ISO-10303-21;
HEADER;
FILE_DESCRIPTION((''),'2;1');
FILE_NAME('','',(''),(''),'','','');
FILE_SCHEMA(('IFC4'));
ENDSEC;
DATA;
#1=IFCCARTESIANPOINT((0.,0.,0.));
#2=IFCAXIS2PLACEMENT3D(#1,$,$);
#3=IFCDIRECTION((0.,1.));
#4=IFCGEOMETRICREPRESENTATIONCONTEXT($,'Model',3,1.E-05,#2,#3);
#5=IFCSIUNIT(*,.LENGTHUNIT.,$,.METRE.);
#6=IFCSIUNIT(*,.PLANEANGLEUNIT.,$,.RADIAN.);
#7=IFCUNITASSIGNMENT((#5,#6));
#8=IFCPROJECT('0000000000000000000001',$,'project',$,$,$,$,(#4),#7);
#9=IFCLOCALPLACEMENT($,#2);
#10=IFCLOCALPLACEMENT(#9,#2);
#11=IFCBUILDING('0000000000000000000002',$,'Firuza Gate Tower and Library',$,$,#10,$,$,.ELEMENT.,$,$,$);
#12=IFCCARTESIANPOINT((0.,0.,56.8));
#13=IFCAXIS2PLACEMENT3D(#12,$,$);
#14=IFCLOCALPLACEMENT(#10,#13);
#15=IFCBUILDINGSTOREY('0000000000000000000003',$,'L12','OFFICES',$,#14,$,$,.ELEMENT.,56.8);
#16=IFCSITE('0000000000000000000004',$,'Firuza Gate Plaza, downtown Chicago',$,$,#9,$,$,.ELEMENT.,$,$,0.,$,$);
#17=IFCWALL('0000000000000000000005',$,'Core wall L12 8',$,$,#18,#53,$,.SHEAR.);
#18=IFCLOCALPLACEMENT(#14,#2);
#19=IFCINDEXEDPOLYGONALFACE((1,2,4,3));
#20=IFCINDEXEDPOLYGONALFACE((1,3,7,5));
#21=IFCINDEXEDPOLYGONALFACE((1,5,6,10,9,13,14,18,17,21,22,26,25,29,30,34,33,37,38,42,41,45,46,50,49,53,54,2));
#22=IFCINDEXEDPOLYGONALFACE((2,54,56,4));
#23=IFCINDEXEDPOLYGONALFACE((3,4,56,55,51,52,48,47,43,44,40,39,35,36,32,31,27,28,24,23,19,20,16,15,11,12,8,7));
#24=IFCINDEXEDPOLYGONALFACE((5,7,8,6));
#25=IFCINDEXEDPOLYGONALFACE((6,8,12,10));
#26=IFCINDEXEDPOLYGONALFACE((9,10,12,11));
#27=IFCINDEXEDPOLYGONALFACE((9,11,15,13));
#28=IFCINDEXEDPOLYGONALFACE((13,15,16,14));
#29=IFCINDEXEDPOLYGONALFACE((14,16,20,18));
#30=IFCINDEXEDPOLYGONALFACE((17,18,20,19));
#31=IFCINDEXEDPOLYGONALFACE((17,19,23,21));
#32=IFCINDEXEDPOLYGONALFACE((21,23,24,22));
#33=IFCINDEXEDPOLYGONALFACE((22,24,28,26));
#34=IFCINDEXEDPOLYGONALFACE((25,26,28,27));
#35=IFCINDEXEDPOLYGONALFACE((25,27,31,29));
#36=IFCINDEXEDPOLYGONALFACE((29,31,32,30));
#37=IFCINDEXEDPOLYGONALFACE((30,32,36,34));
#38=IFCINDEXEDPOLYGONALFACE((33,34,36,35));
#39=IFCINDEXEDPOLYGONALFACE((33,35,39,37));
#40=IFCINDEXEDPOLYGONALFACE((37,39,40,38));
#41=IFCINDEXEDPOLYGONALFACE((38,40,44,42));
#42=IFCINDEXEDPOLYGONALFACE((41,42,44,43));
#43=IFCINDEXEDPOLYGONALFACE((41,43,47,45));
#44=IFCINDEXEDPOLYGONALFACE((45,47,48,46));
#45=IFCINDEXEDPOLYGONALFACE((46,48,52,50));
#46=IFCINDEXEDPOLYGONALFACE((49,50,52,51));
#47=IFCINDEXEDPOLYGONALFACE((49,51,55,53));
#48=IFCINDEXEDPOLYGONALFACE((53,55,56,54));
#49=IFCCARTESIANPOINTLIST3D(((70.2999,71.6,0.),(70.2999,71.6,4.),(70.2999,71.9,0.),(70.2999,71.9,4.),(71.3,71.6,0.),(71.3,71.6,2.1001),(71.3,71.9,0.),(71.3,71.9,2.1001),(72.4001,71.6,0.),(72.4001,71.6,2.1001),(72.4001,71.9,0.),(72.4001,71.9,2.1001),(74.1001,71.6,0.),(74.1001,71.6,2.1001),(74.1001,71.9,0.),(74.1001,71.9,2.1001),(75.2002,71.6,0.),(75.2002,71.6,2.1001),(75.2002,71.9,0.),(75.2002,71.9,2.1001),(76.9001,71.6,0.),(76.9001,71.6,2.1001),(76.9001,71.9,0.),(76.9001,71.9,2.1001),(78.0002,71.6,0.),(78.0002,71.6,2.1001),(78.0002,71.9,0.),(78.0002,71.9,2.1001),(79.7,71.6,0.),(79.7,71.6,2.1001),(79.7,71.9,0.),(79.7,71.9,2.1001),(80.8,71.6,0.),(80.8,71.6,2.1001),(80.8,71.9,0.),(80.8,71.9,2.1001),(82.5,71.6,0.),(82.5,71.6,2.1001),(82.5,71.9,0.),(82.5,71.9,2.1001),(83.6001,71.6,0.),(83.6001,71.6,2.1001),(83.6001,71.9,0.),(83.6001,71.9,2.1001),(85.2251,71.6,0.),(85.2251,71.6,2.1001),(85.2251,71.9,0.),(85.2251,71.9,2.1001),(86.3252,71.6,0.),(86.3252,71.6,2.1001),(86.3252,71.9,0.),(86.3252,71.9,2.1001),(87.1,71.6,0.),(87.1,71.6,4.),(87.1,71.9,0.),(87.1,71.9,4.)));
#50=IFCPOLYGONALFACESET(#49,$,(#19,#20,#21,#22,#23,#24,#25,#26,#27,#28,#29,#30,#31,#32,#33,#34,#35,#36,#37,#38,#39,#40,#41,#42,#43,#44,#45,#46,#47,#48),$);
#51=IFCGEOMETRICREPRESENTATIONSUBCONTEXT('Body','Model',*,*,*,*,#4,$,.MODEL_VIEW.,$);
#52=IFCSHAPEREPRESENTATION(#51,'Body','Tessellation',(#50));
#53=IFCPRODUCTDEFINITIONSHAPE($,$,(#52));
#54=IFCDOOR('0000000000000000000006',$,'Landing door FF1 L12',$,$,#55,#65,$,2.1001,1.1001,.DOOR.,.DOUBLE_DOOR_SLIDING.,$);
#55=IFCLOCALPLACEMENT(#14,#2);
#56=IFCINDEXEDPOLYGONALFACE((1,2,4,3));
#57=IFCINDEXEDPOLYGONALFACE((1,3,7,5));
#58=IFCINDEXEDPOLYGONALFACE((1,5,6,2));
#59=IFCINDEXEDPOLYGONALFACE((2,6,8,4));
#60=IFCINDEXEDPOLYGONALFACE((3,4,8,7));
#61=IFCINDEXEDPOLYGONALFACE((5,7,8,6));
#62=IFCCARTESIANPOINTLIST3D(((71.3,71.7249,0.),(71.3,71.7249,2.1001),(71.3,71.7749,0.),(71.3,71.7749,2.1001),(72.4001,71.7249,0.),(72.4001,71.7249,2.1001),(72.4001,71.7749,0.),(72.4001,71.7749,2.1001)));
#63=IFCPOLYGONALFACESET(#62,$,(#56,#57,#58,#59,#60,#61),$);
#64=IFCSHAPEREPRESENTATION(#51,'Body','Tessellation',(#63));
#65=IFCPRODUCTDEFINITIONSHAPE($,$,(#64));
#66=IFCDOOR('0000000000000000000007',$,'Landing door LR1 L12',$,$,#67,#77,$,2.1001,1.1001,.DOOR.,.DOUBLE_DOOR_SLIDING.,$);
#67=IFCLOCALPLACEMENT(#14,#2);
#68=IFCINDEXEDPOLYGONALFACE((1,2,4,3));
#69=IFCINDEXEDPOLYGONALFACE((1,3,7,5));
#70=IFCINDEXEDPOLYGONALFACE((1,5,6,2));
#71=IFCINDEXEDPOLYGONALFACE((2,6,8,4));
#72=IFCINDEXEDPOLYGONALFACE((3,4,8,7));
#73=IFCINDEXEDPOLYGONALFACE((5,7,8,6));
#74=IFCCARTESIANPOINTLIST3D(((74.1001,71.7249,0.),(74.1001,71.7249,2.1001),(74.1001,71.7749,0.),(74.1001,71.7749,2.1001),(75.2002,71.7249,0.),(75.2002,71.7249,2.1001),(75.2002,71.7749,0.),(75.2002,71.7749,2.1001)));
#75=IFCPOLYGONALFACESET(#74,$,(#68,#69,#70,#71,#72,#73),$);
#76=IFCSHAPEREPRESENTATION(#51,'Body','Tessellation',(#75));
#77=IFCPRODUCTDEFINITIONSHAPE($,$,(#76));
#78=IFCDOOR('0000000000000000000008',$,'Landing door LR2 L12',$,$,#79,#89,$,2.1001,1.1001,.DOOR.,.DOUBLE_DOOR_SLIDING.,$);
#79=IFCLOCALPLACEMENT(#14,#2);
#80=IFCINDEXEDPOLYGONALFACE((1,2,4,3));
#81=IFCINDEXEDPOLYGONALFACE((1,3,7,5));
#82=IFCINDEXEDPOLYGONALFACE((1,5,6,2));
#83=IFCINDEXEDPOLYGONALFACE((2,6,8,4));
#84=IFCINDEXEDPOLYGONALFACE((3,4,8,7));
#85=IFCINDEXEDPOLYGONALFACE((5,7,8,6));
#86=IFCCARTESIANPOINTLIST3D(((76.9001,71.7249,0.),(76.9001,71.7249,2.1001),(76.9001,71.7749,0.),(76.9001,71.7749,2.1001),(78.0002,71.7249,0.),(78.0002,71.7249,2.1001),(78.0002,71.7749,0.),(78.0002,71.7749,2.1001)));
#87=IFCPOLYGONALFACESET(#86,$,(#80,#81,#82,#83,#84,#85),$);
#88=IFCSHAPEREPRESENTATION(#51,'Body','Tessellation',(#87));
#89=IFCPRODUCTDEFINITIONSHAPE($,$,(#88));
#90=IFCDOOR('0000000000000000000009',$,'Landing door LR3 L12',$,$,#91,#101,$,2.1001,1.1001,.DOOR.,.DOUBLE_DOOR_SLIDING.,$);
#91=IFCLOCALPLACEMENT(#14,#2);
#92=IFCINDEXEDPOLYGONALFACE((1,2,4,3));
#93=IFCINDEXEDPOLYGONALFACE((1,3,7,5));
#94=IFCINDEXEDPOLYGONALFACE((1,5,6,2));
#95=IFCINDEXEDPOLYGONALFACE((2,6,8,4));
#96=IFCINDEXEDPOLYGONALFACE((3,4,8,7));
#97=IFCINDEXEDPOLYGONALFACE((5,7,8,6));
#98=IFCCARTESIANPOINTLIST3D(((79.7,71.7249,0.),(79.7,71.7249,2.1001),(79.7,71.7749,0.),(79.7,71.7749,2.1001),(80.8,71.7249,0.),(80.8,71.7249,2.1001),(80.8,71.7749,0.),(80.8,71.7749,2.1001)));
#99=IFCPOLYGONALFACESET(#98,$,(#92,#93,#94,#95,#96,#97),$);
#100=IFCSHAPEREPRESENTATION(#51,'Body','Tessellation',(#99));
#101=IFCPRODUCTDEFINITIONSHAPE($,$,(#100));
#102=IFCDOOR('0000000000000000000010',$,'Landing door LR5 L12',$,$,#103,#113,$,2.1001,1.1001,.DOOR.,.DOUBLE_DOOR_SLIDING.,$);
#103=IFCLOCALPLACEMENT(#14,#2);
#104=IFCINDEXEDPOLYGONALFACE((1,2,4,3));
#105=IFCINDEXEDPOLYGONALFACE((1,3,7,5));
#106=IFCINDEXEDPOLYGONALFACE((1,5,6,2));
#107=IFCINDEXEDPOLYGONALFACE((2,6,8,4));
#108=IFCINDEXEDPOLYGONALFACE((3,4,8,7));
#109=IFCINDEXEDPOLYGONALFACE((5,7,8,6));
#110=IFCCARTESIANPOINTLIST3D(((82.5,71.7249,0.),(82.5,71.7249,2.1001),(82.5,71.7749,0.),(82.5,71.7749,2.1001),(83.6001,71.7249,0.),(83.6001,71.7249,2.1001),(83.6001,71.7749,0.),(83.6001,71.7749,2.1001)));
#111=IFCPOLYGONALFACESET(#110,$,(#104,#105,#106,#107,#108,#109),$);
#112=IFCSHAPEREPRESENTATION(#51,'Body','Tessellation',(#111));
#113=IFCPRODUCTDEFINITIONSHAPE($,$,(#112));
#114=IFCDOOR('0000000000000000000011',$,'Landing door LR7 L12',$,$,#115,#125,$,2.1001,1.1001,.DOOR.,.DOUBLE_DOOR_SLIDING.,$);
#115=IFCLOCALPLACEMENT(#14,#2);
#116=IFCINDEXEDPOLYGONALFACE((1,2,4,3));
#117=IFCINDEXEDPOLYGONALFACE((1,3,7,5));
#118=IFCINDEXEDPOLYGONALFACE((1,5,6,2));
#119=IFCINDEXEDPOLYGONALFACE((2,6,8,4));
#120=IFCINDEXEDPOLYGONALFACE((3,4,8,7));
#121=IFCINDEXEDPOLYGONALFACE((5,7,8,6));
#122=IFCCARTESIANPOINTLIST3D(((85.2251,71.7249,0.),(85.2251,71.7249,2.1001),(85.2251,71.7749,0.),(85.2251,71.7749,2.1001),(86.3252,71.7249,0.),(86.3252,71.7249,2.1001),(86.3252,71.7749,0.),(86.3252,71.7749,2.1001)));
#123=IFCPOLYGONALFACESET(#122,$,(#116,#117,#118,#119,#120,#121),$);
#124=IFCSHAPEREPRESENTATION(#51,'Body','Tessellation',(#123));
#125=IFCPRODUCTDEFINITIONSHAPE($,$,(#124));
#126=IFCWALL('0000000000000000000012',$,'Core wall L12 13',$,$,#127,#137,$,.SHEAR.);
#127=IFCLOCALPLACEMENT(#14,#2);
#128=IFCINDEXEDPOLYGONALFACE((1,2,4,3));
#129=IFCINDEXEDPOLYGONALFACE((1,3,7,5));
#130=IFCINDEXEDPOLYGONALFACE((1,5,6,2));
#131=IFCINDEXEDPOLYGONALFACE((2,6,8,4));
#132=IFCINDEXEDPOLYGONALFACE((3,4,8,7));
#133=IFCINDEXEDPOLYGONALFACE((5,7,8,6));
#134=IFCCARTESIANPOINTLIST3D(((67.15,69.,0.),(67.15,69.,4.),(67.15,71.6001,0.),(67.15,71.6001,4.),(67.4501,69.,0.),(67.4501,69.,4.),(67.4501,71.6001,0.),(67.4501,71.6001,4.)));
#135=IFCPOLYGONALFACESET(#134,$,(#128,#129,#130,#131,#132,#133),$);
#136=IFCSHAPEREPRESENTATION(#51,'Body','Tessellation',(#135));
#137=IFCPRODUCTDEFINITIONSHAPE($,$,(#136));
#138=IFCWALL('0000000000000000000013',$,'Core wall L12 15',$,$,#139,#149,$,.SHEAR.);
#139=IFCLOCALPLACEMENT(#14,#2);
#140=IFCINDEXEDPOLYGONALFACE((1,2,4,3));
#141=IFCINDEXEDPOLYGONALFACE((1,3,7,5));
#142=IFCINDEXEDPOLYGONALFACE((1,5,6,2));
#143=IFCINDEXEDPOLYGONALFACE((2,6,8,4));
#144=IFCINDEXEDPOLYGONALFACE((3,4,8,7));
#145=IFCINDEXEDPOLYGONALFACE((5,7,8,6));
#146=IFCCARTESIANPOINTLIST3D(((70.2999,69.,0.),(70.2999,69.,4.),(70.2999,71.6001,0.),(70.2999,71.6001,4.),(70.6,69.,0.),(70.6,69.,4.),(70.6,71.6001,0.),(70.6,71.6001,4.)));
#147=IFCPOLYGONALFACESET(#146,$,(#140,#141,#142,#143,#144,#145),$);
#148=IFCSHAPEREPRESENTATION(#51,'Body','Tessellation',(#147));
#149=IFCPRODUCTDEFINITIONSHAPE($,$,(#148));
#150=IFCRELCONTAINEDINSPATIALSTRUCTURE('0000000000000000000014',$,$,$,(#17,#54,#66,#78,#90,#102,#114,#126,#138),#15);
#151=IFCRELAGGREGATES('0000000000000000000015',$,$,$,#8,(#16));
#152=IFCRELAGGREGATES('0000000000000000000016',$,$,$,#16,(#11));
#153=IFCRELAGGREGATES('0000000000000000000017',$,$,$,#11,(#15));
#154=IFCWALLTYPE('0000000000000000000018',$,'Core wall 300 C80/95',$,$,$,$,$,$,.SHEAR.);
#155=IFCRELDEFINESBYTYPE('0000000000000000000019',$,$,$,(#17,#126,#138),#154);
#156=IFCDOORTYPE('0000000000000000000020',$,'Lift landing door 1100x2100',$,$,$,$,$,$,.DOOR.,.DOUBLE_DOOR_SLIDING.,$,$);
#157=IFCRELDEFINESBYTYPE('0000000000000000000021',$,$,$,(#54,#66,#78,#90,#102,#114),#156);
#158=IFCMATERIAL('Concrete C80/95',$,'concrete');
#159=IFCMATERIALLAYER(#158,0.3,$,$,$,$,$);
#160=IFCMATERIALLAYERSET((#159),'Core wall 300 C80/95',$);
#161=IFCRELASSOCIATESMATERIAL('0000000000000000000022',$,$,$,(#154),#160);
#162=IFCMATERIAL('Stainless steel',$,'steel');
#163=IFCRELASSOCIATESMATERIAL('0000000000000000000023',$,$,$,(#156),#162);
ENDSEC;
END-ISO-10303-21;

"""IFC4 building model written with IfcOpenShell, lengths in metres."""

from ifc_helpers import new_model, si_unit, direction, frame, frame_2d, origin, place, context, subcontext, project, spatial, rectangle, extrude, material, layer, layer_set, type_object, element, fill, save


model = new_model("IFC4")

# Units and contexts
model_context = context("Model", 3, precision=1e-05, world=origin(), true_north=direction((0.0, 1.0)))
body_context = subcontext(model_context, "Body", "Model", "MODEL_VIEW")
ifc_project = project(units=[si_unit("LENGTHUNIT", "METRE"), si_unit("PLANEANGLEUNIT", "RADIAN")], contexts=[model_context])

# Site, building, storey
site_placement = place(None, origin())
site = spatial("IfcSite", under=ifc_project, at=site_placement, Name="Firuza Gate Plaza, downtown Chicago", CompositionType="ELEMENT", RefElevation=0.0)
building_placement = place(site_placement, origin())
building = spatial("IfcBuilding", under=site, at=building_placement, Name="Firuza Gate Tower and Library", CompositionType="ELEMENT")
storey_placement = place(building_placement, frame((0.0, 0.0, 56.8)))
storey = spatial("IfcBuildingStorey", under=building, at=storey_placement, Name="L12", Description="OFFICES", CompositionType="ELEMENT", Elevation=56.8)

# Shared definitions
ifc_material_1 = material(Name="Concrete C80/95", Category="concrete")
ifc_layer_1 = layer(ifc_material_1, 0.3)
ifc_layer_set_1 = layer_set([ifc_layer_1], Name="Core wall 300 C80/95")
wall_type_1 = type_object("IfcWallType", Name="Core wall 300 C80/95", PredefinedType="SHEAR", material=ifc_layer_set_1)

# Wall, openings, doors
wall_1_placement = place(storey_placement, frame((70.3, 71.75, 0.0), z_axis=(0.0, 0.0, 1.0), x_axis=(1.0, 0.0, 0.0)))
wall_1 = element("IfcWall", 1, at=wall_1_placement, inside=storey, type_object=wall_type_1, Name="Core wall L12 8", PredefinedType="SHEAR", context=body_context, shape_type="SweptSolid", body=[
    extrude(rectangle(XDim=16.8, YDim=0.3, at=frame_2d((8.3999, 0.0))), origin(), (0.0, 0.0, 1.0), 4.0),
])
opening_1_placement = place(wall_1_placement, frame((1.0, 0.0, 0.0)))
opening_1 = element("IfcOpeningElement", 2, at=opening_1_placement, cuts=wall_1, PredefinedType="OPENING", context=body_context, shape_type="SweptSolid", body=[
    extrude(rectangle(XDim=1.1001, YDim=2.1001, at=frame_2d((0.55, 1.05))), frame((0.0, 0.1602, 0.0), z_axis=(0.0, -1.0, 0.0), x_axis=(1.0, 0.0, 0.0)), (0.0, 0.0, 1.0), 0.3201),
])
opening_2_placement = place(wall_1_placement, frame((3.8, 0.0, 0.0)))
opening_2 = element("IfcOpeningElement", 3, at=opening_2_placement, cuts=wall_1, PredefinedType="OPENING", context=body_context, shape_type="SweptSolid", body=[
    extrude(rectangle(XDim=1.1001, YDim=2.1001, at=frame_2d((0.55, 1.05))), frame((0.0, 0.1602, 0.0), z_axis=(0.0, -1.0, 0.0), x_axis=(1.0, 0.0, 0.0)), (0.0, 0.0, 1.0), 0.3201),
])
opening_3_placement = place(wall_1_placement, frame((6.6001, 0.0, 0.0)))
opening_3 = element("IfcOpeningElement", 4, at=opening_3_placement, cuts=wall_1, PredefinedType="OPENING", context=body_context, shape_type="SweptSolid", body=[
    extrude(rectangle(XDim=1.1001, YDim=2.1001, at=frame_2d((0.55, 1.05))), frame((0.0, 0.1602, 0.0), z_axis=(0.0, -1.0, 0.0), x_axis=(1.0, 0.0, 0.0)), (0.0, 0.0, 1.0), 0.3201),
])
opening_4_placement = place(wall_1_placement, frame((9.3999, 0.0, 0.0)))
opening_4 = element("IfcOpeningElement", 5, at=opening_4_placement, cuts=wall_1, PredefinedType="OPENING", context=body_context, shape_type="SweptSolid", body=[
    extrude(rectangle(XDim=1.1001, YDim=2.1001, at=frame_2d((0.55, 1.05))), frame((0.0, 0.1602, 0.0), z_axis=(0.0, -1.0, 0.0), x_axis=(1.0, 0.0, 0.0)), (0.0, 0.0, 1.0), 0.3201),
])
opening_5_placement = place(wall_1_placement, frame((12.2, 0.0, 0.0)))
opening_5 = element("IfcOpeningElement", 6, at=opening_5_placement, cuts=wall_1, PredefinedType="OPENING", context=body_context, shape_type="SweptSolid", body=[
    extrude(rectangle(XDim=1.1001, YDim=2.1001, at=frame_2d((0.55, 1.05))), frame((0.0, 0.1602, 0.0), z_axis=(0.0, -1.0, 0.0), x_axis=(1.0, 0.0, 0.0)), (0.0, 0.0, 1.0), 0.3201),
])
opening_6_placement = place(wall_1_placement, frame((14.925, 0.0, 0.0)))
opening_6 = element("IfcOpeningElement", 7, at=opening_6_placement, cuts=wall_1, PredefinedType="OPENING", context=body_context, shape_type="SweptSolid", body=[
    extrude(rectangle(XDim=1.1001, YDim=2.1001, at=frame_2d((0.55, 1.05))), frame((0.0, 0.1602, 0.0), z_axis=(0.0, -1.0, 0.0), x_axis=(1.0, 0.0, 0.0)), (0.0, 0.0, 1.0), 0.3201),
])
ifc_material_2 = material(Name="Stainless steel", Category="steel")
door_type_1 = type_object("IfcDoorType", Name="Lift landing door 1100x2100", OperationType="DOUBLE_DOOR_SLIDING", PredefinedType="DOOR", material=ifc_material_2)
door_1_placement = place(opening_1_placement, origin())
door_1 = element("IfcDoor", 8, at=door_1_placement, inside=storey, type_object=door_type_1, Name="Landing door FF1 L12", OperationType="DOUBLE_DOOR_SLIDING", OverallHeight=2.1001, OverallWidth=1.1001, PredefinedType="DOOR", context=body_context, shape_type="SweptSolid", body=[
    extrude(rectangle(XDim=1.1001, YDim=2.1001, at=frame_2d((0.55, 1.05))), frame((0.0, 0.0249, 0.0), z_axis=(0.0, -1.0, 0.0), x_axis=(1.0, 0.0, 0.0)), (0.0, 0.0, 1.0), 0.05),
])
fill(opening_1, door_1)
door_2_placement = place(opening_2_placement, origin())
door_2 = element("IfcDoor", 9, at=door_2_placement, inside=storey, type_object=door_type_1, Name="Landing door LR1 L12", OperationType="DOUBLE_DOOR_SLIDING", OverallHeight=2.1001, OverallWidth=1.1001, PredefinedType="DOOR", context=body_context, shape_type="SweptSolid", body=[
    extrude(rectangle(XDim=1.1001, YDim=2.1001, at=frame_2d((0.55, 1.05))), frame((0.0, 0.0249, 0.0), z_axis=(0.0, -1.0, 0.0), x_axis=(1.0, 0.0, 0.0)), (0.0, 0.0, 1.0), 0.05),
])
fill(opening_2, door_2)
door_3_placement = place(opening_3_placement, origin())
door_3 = element("IfcDoor", 10, at=door_3_placement, inside=storey, type_object=door_type_1, Name="Landing door LR2 L12", OperationType="DOUBLE_DOOR_SLIDING", OverallHeight=2.1001, OverallWidth=1.1001, PredefinedType="DOOR", context=body_context, shape_type="SweptSolid", body=[
    extrude(rectangle(XDim=1.1001, YDim=2.1001, at=frame_2d((0.55, 1.05))), frame((0.0, 0.0249, 0.0), z_axis=(0.0, -1.0, 0.0), x_axis=(1.0, 0.0, 0.0)), (0.0, 0.0, 1.0), 0.05),
])
fill(opening_3, door_3)
door_4_placement = place(opening_4_placement, origin())
door_4 = element("IfcDoor", 11, at=door_4_placement, inside=storey, type_object=door_type_1, Name="Landing door LR3 L12", OperationType="DOUBLE_DOOR_SLIDING", OverallHeight=2.1001, OverallWidth=1.1001, PredefinedType="DOOR", context=body_context, shape_type="SweptSolid", body=[
    extrude(rectangle(XDim=1.1001, YDim=2.1001, at=frame_2d((0.55, 1.05))), frame((0.0, 0.0249, 0.0), z_axis=(0.0, -1.0, 0.0), x_axis=(1.0, 0.0, 0.0)), (0.0, 0.0, 1.0), 0.05),
])
fill(opening_4, door_4)
door_5_placement = place(opening_5_placement, origin())
door_5 = element("IfcDoor", 12, at=door_5_placement, inside=storey, type_object=door_type_1, Name="Landing door LR5 L12", OperationType="DOUBLE_DOOR_SLIDING", OverallHeight=2.1001, OverallWidth=1.1001, PredefinedType="DOOR", context=body_context, shape_type="SweptSolid", body=[
    extrude(rectangle(XDim=1.1001, YDim=2.1001, at=frame_2d((0.55, 1.05))), frame((0.0, 0.0249, 0.0), z_axis=(0.0, -1.0, 0.0), x_axis=(1.0, 0.0, 0.0)), (0.0, 0.0, 1.0), 0.05),
])
fill(opening_5, door_5)
door_6_placement = place(opening_6_placement, origin())
door_6 = element("IfcDoor", 13, at=door_6_placement, inside=storey, type_object=door_type_1, Name="Landing door LR7 L12", OperationType="DOUBLE_DOOR_SLIDING", OverallHeight=2.1001, OverallWidth=1.1001, PredefinedType="DOOR", context=body_context, shape_type="SweptSolid", body=[
    extrude(rectangle(XDim=1.1001, YDim=2.1001, at=frame_2d((0.55, 1.05))), frame((0.0, 0.0249, 0.0), z_axis=(0.0, -1.0, 0.0), x_axis=(1.0, 0.0, 0.0)), (0.0, 0.0, 1.0), 0.05),
])
fill(opening_6, door_6)

# Walls
for number, where, z_axis, x_axis, name in (
    (14, (67.3, 69.0, 0.0), (0.0, 0.0, 1.0), (0.0, 1.0, 0.0), "Core wall L12 13"),
    (15, (70.45, 69.0, 0.0), (0.0, 0.0, 1.0), (0.0, 1.0, 0.0), "Core wall L12 15"),
):
    element("IfcWall", number, at=place(storey_placement, frame(where, z_axis=z_axis, x_axis=x_axis)), inside=storey, type_object=wall_type_1, Name=name, PredefinedType="SHEAR", context=body_context, shape_type="SweptSolid", body=[
        extrude(rectangle(XDim=2.6001, YDim=0.3, at=frame_2d((1.3, 0.0))), origin(), (0.0, 0.0, 1.0), 4.0),
    ])

save(model, "model.ifc")
